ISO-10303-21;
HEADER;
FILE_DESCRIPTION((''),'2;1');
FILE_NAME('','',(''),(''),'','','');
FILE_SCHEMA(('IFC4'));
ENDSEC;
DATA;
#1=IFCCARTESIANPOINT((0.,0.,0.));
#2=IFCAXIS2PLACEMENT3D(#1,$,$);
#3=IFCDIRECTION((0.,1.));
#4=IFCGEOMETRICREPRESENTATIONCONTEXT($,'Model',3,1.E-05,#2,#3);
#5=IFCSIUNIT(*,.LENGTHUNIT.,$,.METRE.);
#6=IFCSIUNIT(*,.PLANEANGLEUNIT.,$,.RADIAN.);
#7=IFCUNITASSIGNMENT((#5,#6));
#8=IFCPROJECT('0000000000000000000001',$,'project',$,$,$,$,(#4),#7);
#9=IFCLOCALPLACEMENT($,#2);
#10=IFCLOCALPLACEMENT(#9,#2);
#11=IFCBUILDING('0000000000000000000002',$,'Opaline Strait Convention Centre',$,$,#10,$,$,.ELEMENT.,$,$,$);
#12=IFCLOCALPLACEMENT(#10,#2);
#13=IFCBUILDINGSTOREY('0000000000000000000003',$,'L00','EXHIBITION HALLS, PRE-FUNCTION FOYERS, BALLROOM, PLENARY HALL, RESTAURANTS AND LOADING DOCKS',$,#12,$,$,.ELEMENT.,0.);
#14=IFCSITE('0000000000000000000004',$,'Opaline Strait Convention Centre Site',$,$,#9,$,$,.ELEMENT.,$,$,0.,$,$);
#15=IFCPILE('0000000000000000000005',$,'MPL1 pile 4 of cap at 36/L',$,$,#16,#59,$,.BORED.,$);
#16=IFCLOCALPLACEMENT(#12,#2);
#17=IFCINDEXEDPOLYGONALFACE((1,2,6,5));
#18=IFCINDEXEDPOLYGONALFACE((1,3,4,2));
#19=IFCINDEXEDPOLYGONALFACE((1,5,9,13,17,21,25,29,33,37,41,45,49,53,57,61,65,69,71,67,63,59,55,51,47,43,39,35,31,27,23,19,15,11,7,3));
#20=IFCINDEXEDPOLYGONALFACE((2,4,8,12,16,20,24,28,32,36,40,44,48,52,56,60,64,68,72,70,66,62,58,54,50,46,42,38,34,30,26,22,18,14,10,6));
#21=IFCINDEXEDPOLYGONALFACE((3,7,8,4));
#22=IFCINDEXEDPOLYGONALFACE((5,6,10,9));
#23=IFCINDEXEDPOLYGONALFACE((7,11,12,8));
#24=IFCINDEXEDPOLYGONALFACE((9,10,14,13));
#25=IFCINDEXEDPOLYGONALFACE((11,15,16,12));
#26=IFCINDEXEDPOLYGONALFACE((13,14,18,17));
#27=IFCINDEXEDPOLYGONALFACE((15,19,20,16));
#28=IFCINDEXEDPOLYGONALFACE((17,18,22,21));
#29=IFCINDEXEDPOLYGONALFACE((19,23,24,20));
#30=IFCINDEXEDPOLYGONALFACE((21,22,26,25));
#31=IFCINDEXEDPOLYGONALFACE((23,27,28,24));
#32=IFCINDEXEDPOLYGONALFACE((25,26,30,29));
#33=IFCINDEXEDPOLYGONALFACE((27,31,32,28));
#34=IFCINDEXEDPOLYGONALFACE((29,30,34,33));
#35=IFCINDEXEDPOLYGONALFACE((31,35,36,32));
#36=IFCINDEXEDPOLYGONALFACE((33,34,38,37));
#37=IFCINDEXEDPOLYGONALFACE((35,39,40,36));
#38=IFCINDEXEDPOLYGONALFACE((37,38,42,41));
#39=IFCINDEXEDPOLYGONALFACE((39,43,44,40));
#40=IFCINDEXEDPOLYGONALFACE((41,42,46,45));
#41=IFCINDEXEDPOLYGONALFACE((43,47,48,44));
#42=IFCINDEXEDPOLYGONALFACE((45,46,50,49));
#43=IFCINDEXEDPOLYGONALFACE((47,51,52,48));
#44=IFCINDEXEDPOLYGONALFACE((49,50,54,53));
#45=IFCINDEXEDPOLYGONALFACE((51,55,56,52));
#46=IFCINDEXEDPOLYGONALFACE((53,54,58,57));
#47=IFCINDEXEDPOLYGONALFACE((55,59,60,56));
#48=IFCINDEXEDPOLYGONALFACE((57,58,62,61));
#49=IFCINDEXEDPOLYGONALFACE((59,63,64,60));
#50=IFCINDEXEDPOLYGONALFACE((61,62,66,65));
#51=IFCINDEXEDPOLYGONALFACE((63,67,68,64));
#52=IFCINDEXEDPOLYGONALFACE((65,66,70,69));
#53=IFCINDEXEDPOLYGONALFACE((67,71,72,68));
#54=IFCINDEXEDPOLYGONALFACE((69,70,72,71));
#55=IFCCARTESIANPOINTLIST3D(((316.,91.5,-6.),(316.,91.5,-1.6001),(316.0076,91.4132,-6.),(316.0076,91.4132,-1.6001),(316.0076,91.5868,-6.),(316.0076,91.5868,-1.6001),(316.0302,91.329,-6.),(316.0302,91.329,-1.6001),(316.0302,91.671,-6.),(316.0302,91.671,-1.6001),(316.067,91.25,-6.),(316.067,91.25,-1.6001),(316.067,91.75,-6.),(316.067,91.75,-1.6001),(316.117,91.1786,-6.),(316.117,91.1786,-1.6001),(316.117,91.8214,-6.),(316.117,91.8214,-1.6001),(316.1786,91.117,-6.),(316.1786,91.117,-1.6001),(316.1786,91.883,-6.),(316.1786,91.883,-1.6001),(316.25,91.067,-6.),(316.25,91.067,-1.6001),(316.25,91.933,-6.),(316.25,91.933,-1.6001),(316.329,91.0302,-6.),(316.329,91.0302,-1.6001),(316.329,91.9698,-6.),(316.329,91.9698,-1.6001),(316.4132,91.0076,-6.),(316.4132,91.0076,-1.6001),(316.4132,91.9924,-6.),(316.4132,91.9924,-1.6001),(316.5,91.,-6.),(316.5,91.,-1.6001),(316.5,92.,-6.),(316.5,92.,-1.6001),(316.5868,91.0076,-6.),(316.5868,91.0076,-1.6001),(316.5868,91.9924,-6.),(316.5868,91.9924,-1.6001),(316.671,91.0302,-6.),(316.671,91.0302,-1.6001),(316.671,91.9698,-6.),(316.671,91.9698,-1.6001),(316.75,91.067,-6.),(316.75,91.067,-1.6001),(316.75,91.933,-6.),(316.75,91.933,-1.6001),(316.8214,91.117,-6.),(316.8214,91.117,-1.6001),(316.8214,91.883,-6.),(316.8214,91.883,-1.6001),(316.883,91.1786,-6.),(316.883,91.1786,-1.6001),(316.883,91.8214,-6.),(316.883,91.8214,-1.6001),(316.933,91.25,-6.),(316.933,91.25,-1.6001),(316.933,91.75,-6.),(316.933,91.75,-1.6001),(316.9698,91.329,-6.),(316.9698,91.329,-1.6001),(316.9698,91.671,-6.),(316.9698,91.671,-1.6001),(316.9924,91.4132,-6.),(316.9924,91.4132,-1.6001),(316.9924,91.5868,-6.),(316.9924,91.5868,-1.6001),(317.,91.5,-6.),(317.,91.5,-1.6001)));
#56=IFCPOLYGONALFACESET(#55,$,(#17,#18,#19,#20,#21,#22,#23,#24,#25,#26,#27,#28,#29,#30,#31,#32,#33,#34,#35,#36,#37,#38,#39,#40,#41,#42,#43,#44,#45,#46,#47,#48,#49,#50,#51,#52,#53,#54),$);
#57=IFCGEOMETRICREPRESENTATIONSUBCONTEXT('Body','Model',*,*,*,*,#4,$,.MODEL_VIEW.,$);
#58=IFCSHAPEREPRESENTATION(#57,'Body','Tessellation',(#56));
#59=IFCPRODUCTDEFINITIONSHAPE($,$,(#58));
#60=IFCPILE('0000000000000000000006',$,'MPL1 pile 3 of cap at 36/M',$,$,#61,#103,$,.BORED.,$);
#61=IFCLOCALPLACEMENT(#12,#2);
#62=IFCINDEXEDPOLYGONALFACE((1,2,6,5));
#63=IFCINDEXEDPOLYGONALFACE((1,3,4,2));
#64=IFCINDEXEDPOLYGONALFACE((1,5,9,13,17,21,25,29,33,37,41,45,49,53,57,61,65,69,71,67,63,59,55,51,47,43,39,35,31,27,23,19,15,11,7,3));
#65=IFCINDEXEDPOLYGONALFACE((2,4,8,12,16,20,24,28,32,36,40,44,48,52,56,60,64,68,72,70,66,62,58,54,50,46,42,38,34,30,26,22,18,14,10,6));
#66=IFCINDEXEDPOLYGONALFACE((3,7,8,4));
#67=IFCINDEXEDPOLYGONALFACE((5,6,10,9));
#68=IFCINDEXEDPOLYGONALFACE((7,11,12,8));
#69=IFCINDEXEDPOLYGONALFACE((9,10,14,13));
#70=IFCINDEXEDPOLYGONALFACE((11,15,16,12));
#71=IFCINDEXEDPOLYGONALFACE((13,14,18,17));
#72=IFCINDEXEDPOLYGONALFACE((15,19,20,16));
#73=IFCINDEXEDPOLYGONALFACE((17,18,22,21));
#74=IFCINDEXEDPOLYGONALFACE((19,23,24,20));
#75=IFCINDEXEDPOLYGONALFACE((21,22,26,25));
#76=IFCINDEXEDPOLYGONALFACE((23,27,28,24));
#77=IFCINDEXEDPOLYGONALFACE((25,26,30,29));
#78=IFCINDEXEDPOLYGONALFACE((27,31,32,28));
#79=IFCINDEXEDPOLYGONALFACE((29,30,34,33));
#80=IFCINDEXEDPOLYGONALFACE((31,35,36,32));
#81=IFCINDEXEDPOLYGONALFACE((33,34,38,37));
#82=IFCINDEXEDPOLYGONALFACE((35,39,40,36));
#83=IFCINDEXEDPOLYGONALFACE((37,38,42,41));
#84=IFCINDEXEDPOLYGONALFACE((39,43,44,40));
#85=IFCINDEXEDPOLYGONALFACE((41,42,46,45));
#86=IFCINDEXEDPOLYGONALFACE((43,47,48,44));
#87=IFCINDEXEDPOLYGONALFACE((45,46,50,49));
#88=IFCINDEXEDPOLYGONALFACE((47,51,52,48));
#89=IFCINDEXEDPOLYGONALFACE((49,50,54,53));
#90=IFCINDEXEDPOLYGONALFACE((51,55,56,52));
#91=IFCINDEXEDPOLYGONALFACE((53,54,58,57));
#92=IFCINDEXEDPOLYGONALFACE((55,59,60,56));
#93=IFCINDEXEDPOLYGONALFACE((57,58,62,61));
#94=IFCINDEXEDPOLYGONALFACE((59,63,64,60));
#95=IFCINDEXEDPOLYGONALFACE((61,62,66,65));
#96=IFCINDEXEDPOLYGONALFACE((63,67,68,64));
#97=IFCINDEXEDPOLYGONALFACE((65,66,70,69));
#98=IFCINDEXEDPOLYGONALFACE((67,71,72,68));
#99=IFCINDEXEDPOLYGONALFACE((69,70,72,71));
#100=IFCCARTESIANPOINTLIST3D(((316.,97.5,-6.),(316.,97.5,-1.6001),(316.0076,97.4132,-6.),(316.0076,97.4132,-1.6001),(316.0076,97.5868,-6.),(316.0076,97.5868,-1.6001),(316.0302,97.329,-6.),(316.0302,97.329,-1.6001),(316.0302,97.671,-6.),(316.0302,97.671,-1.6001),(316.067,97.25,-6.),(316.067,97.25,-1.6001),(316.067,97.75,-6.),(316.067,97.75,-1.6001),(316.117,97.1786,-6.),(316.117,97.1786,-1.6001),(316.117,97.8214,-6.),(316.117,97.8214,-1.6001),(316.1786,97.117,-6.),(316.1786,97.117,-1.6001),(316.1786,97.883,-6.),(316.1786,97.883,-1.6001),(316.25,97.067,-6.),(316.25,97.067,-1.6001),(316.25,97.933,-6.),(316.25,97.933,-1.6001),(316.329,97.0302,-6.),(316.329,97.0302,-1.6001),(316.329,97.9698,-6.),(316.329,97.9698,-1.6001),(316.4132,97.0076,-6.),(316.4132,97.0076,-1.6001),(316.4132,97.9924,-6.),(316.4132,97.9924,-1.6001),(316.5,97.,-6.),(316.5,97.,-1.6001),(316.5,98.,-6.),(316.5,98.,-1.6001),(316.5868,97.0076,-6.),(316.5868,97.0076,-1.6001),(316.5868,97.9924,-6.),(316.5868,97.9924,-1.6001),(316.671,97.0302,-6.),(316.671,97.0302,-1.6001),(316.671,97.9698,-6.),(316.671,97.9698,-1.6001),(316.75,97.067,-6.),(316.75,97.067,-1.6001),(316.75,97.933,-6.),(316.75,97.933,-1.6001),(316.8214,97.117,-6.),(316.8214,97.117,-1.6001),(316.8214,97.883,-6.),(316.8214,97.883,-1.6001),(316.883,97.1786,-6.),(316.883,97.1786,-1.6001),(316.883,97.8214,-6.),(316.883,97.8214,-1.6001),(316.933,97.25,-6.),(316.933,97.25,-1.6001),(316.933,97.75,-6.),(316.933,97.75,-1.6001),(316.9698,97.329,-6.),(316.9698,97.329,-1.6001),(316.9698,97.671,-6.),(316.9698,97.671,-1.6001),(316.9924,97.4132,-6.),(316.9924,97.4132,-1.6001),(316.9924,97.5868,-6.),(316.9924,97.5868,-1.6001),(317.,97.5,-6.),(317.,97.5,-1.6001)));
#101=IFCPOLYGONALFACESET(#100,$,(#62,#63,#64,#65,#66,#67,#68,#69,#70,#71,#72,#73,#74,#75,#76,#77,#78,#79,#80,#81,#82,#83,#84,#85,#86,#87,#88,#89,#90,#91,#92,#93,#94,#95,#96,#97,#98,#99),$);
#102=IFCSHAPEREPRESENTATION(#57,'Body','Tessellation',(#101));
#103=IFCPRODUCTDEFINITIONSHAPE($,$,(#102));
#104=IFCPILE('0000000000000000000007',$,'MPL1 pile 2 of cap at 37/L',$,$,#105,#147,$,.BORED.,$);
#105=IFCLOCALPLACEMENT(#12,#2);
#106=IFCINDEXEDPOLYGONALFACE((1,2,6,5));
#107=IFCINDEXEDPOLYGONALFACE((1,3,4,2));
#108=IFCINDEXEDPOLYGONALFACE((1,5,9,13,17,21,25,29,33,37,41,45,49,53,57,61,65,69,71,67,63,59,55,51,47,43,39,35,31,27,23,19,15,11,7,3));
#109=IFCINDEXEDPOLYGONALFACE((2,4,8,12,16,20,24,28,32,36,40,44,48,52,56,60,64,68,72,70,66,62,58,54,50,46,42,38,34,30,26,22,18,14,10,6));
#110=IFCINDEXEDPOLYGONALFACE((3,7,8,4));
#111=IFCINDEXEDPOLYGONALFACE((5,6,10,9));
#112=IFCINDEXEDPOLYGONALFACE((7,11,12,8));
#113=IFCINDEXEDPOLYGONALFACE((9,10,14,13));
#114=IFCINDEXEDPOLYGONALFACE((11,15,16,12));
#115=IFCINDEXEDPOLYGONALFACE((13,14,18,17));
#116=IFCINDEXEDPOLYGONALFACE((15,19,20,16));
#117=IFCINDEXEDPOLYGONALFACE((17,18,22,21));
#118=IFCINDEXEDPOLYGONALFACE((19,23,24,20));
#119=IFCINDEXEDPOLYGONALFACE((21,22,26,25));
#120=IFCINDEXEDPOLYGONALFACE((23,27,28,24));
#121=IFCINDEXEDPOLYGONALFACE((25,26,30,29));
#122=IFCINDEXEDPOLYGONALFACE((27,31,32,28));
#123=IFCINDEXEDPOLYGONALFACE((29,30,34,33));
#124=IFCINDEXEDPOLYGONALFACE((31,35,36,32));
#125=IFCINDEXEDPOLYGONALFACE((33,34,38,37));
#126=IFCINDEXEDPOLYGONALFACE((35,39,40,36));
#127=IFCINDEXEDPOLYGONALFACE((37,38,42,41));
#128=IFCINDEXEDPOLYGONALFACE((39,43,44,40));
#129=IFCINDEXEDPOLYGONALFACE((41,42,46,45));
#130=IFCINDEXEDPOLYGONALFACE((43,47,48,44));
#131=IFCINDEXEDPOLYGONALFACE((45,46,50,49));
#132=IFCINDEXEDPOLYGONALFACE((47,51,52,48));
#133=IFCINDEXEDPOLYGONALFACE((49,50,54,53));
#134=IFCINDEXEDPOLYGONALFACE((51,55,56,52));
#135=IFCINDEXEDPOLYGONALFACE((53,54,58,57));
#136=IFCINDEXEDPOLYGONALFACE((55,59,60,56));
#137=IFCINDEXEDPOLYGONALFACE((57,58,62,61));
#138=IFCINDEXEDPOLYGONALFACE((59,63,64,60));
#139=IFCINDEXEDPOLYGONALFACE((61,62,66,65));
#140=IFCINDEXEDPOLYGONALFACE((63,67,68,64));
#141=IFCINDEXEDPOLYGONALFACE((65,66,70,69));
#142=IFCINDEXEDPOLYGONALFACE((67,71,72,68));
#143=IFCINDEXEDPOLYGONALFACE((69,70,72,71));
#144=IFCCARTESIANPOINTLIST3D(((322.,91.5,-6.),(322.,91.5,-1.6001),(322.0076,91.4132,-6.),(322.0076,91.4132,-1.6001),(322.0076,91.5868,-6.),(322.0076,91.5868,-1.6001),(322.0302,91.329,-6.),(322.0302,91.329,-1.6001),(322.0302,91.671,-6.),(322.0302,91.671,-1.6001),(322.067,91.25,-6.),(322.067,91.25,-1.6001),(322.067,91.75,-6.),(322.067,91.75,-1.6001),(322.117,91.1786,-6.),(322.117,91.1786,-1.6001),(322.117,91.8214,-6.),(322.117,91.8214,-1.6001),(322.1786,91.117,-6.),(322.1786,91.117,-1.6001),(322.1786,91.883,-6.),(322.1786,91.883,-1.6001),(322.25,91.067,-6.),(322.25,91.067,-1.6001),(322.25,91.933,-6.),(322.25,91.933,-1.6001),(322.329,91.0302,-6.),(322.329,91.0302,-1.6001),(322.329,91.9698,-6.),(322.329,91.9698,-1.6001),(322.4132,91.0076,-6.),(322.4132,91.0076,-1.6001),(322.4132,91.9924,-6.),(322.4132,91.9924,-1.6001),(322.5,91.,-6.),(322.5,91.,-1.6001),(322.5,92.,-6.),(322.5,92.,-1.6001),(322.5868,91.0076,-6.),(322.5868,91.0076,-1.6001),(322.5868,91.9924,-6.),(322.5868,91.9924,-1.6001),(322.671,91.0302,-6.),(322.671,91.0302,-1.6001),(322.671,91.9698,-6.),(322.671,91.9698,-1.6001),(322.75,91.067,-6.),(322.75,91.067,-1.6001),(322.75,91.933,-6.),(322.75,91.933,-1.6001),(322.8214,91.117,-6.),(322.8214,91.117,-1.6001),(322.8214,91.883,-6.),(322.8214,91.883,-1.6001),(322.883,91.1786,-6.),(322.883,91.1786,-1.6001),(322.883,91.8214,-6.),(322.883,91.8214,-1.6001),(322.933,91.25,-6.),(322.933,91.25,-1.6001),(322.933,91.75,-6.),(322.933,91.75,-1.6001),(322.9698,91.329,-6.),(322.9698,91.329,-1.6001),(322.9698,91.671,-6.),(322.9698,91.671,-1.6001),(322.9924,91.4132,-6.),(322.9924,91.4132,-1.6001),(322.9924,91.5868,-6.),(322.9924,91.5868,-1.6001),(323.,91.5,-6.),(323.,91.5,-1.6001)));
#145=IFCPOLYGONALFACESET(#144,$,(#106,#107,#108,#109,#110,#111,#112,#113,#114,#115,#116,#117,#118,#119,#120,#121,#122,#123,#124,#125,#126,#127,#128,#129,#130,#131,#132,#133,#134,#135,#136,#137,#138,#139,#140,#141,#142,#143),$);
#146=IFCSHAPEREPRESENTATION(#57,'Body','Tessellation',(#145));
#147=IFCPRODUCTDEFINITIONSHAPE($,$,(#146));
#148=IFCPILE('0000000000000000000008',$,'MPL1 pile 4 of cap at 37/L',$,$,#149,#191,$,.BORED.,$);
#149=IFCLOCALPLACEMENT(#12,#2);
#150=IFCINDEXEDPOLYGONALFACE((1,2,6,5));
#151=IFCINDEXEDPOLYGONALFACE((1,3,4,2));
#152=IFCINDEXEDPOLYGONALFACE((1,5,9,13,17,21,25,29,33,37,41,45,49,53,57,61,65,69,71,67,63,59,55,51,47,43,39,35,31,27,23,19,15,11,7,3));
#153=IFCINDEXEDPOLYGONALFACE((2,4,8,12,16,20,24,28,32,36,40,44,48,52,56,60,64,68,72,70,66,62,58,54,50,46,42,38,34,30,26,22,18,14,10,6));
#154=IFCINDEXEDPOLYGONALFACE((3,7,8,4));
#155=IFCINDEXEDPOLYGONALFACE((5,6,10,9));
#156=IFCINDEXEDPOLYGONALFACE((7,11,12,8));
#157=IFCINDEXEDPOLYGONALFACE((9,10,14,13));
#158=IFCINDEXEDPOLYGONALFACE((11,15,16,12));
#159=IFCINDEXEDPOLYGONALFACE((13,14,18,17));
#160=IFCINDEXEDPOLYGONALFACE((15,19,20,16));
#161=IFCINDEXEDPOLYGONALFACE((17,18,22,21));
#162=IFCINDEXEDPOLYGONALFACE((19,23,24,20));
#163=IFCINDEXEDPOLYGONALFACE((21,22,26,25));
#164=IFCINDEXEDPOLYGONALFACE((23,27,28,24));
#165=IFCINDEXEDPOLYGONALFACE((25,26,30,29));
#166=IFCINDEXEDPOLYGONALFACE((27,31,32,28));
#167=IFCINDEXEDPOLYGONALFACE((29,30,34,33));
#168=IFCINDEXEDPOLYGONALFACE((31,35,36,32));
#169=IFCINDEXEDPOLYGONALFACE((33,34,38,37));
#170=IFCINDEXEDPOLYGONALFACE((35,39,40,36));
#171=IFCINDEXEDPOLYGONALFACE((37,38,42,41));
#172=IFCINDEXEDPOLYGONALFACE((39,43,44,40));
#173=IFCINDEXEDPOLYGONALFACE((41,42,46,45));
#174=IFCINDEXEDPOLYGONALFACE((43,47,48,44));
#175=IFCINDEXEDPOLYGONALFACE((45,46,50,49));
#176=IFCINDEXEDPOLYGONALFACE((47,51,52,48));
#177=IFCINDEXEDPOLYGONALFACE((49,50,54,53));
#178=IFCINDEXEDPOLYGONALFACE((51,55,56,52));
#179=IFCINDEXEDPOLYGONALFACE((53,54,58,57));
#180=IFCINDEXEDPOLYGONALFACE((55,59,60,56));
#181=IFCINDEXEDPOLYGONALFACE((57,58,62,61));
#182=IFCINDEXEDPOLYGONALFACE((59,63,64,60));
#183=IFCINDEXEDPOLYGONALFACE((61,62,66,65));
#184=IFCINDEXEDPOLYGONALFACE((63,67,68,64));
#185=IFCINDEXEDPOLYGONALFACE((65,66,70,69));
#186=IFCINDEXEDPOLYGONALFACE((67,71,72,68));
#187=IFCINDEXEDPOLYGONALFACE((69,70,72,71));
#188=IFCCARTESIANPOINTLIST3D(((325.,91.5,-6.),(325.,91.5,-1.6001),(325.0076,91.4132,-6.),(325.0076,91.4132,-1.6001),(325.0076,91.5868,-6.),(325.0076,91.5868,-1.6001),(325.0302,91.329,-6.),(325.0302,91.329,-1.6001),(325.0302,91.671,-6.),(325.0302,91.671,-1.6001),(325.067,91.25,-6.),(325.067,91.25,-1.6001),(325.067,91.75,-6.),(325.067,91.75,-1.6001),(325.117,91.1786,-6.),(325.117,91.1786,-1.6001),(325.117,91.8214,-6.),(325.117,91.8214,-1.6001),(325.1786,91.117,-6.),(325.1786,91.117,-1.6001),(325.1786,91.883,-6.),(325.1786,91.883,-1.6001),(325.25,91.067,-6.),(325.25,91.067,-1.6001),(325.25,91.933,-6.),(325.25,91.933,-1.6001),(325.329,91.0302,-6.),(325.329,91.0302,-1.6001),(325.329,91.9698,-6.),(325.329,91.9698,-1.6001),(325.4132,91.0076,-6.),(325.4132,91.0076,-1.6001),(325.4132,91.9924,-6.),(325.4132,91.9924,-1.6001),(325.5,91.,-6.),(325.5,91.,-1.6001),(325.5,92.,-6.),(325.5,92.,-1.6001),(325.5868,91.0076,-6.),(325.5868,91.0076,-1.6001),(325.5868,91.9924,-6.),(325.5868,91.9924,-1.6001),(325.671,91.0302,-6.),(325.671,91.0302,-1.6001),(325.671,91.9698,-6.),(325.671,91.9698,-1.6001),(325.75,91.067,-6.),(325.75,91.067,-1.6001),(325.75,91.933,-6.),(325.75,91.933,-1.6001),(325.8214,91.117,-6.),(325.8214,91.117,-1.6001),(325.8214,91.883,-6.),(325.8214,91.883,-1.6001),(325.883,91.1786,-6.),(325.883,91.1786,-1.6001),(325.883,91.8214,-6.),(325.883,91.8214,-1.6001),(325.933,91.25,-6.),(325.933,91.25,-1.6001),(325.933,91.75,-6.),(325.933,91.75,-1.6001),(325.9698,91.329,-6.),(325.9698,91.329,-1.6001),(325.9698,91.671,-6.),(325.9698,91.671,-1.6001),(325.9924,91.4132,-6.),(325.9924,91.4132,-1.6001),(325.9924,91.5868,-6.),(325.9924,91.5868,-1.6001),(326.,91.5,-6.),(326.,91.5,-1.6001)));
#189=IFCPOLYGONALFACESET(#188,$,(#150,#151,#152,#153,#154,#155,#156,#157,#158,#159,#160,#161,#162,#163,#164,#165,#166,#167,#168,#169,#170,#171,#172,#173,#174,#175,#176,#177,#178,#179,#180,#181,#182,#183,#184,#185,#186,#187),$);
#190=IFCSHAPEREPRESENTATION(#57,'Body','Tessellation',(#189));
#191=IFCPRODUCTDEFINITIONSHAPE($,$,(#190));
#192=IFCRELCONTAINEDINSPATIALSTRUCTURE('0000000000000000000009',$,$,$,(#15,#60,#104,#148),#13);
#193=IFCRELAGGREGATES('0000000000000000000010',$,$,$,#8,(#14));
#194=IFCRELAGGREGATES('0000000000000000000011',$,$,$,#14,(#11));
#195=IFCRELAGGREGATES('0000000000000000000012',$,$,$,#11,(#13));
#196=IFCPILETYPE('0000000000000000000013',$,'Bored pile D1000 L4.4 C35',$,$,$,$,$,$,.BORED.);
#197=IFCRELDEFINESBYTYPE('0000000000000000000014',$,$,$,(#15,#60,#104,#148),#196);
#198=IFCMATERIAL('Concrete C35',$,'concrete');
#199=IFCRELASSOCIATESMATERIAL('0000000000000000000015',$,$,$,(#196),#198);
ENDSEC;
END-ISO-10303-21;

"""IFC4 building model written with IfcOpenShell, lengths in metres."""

from ifc_helpers import new_model, si_unit, direction, frame, origin, origin_2d, place, context, subcontext, project, spatial, circle, extrude, material, material_profile, profile_set, type_object, element, save


model = new_model("IFC4")

# Units and contexts
model_context = context("Model", 3, precision=1e-05, world=origin(), true_north=direction((0.0, 1.0)))
body_context = subcontext(model_context, "Body", "Model", "MODEL_VIEW")
ifc_project = project(units=[si_unit("LENGTHUNIT", "METRE"), si_unit("PLANEANGLEUNIT", "RADIAN")], contexts=[model_context])

# Site, building, storey
site_placement = place(None, origin())
site = spatial("IfcSite", under=ifc_project, at=site_placement, Name="Opaline Strait Convention Centre Site", CompositionType="ELEMENT", RefElevation=0.0)
building_placement = place(site_placement, origin())
building = spatial("IfcBuilding", under=site, at=building_placement, Name="Opaline Strait Convention Centre", CompositionType="ELEMENT")
storey_placement = place(building_placement, origin())
storey = spatial("IfcBuildingStorey", under=building, at=storey_placement, Name="L00", Description="EXHIBITION HALLS, PRE-FUNCTION FOYERS, BALLROOM, PLENARY HALL, RESTAURANTS AND LOADING DOCKS", CompositionType="ELEMENT", Elevation=0.0)

# Piles
ifc_material_1 = material(Name="Concrete C35", Category="concrete")
ifc_material_profile_1 = material_profile(ifc_material_1, circle(Radius=0.5, at=origin_2d()), Name="D1000")
ifc_profile_set_1 = profile_set([ifc_material_profile_1], Name="Concrete C35")
pile_type = type_object("IfcPileType", Name="Bored pile D1000 L4.4 C35", PredefinedType="BORED", material=ifc_profile_set_1)
for number, where, z_axis, x_axis, name in (
    (1, (316.5, 91.5, -1.6001), (0.0, 0.0, -1.0), (1.0, 0.0, 0.0), "MPL1 pile 4 of cap at 36/L"),
    (2, (316.5, 97.5, -1.6001), (0.0, 0.0, -1.0), (1.0, 0.0, 0.0), "MPL1 pile 3 of cap at 36/M"),
    (3, (322.5, 91.5, -1.6001), (0.0, 0.0, -1.0), (1.0, 0.0, 0.0), "MPL1 pile 2 of cap at 37/L"),
    (4, (325.5, 91.5, -1.6001), (0.0, 0.0, -1.0), (1.0, 0.0, 0.0), "MPL1 pile 4 of cap at 37/L"),
):
    element("IfcPile", number, at=place(storey_placement, frame(where, z_axis=z_axis, x_axis=x_axis)), inside=storey, type_object=pile_type, Name=name, PredefinedType="BORED", context=body_context, shape_type="SweptSolid", body=[
        extrude(circle(Radius=0.5, at=origin_2d()), origin(), (0.0, 0.0, 1.0), 4.3999),
    ])

save(model, "model.ifc")
